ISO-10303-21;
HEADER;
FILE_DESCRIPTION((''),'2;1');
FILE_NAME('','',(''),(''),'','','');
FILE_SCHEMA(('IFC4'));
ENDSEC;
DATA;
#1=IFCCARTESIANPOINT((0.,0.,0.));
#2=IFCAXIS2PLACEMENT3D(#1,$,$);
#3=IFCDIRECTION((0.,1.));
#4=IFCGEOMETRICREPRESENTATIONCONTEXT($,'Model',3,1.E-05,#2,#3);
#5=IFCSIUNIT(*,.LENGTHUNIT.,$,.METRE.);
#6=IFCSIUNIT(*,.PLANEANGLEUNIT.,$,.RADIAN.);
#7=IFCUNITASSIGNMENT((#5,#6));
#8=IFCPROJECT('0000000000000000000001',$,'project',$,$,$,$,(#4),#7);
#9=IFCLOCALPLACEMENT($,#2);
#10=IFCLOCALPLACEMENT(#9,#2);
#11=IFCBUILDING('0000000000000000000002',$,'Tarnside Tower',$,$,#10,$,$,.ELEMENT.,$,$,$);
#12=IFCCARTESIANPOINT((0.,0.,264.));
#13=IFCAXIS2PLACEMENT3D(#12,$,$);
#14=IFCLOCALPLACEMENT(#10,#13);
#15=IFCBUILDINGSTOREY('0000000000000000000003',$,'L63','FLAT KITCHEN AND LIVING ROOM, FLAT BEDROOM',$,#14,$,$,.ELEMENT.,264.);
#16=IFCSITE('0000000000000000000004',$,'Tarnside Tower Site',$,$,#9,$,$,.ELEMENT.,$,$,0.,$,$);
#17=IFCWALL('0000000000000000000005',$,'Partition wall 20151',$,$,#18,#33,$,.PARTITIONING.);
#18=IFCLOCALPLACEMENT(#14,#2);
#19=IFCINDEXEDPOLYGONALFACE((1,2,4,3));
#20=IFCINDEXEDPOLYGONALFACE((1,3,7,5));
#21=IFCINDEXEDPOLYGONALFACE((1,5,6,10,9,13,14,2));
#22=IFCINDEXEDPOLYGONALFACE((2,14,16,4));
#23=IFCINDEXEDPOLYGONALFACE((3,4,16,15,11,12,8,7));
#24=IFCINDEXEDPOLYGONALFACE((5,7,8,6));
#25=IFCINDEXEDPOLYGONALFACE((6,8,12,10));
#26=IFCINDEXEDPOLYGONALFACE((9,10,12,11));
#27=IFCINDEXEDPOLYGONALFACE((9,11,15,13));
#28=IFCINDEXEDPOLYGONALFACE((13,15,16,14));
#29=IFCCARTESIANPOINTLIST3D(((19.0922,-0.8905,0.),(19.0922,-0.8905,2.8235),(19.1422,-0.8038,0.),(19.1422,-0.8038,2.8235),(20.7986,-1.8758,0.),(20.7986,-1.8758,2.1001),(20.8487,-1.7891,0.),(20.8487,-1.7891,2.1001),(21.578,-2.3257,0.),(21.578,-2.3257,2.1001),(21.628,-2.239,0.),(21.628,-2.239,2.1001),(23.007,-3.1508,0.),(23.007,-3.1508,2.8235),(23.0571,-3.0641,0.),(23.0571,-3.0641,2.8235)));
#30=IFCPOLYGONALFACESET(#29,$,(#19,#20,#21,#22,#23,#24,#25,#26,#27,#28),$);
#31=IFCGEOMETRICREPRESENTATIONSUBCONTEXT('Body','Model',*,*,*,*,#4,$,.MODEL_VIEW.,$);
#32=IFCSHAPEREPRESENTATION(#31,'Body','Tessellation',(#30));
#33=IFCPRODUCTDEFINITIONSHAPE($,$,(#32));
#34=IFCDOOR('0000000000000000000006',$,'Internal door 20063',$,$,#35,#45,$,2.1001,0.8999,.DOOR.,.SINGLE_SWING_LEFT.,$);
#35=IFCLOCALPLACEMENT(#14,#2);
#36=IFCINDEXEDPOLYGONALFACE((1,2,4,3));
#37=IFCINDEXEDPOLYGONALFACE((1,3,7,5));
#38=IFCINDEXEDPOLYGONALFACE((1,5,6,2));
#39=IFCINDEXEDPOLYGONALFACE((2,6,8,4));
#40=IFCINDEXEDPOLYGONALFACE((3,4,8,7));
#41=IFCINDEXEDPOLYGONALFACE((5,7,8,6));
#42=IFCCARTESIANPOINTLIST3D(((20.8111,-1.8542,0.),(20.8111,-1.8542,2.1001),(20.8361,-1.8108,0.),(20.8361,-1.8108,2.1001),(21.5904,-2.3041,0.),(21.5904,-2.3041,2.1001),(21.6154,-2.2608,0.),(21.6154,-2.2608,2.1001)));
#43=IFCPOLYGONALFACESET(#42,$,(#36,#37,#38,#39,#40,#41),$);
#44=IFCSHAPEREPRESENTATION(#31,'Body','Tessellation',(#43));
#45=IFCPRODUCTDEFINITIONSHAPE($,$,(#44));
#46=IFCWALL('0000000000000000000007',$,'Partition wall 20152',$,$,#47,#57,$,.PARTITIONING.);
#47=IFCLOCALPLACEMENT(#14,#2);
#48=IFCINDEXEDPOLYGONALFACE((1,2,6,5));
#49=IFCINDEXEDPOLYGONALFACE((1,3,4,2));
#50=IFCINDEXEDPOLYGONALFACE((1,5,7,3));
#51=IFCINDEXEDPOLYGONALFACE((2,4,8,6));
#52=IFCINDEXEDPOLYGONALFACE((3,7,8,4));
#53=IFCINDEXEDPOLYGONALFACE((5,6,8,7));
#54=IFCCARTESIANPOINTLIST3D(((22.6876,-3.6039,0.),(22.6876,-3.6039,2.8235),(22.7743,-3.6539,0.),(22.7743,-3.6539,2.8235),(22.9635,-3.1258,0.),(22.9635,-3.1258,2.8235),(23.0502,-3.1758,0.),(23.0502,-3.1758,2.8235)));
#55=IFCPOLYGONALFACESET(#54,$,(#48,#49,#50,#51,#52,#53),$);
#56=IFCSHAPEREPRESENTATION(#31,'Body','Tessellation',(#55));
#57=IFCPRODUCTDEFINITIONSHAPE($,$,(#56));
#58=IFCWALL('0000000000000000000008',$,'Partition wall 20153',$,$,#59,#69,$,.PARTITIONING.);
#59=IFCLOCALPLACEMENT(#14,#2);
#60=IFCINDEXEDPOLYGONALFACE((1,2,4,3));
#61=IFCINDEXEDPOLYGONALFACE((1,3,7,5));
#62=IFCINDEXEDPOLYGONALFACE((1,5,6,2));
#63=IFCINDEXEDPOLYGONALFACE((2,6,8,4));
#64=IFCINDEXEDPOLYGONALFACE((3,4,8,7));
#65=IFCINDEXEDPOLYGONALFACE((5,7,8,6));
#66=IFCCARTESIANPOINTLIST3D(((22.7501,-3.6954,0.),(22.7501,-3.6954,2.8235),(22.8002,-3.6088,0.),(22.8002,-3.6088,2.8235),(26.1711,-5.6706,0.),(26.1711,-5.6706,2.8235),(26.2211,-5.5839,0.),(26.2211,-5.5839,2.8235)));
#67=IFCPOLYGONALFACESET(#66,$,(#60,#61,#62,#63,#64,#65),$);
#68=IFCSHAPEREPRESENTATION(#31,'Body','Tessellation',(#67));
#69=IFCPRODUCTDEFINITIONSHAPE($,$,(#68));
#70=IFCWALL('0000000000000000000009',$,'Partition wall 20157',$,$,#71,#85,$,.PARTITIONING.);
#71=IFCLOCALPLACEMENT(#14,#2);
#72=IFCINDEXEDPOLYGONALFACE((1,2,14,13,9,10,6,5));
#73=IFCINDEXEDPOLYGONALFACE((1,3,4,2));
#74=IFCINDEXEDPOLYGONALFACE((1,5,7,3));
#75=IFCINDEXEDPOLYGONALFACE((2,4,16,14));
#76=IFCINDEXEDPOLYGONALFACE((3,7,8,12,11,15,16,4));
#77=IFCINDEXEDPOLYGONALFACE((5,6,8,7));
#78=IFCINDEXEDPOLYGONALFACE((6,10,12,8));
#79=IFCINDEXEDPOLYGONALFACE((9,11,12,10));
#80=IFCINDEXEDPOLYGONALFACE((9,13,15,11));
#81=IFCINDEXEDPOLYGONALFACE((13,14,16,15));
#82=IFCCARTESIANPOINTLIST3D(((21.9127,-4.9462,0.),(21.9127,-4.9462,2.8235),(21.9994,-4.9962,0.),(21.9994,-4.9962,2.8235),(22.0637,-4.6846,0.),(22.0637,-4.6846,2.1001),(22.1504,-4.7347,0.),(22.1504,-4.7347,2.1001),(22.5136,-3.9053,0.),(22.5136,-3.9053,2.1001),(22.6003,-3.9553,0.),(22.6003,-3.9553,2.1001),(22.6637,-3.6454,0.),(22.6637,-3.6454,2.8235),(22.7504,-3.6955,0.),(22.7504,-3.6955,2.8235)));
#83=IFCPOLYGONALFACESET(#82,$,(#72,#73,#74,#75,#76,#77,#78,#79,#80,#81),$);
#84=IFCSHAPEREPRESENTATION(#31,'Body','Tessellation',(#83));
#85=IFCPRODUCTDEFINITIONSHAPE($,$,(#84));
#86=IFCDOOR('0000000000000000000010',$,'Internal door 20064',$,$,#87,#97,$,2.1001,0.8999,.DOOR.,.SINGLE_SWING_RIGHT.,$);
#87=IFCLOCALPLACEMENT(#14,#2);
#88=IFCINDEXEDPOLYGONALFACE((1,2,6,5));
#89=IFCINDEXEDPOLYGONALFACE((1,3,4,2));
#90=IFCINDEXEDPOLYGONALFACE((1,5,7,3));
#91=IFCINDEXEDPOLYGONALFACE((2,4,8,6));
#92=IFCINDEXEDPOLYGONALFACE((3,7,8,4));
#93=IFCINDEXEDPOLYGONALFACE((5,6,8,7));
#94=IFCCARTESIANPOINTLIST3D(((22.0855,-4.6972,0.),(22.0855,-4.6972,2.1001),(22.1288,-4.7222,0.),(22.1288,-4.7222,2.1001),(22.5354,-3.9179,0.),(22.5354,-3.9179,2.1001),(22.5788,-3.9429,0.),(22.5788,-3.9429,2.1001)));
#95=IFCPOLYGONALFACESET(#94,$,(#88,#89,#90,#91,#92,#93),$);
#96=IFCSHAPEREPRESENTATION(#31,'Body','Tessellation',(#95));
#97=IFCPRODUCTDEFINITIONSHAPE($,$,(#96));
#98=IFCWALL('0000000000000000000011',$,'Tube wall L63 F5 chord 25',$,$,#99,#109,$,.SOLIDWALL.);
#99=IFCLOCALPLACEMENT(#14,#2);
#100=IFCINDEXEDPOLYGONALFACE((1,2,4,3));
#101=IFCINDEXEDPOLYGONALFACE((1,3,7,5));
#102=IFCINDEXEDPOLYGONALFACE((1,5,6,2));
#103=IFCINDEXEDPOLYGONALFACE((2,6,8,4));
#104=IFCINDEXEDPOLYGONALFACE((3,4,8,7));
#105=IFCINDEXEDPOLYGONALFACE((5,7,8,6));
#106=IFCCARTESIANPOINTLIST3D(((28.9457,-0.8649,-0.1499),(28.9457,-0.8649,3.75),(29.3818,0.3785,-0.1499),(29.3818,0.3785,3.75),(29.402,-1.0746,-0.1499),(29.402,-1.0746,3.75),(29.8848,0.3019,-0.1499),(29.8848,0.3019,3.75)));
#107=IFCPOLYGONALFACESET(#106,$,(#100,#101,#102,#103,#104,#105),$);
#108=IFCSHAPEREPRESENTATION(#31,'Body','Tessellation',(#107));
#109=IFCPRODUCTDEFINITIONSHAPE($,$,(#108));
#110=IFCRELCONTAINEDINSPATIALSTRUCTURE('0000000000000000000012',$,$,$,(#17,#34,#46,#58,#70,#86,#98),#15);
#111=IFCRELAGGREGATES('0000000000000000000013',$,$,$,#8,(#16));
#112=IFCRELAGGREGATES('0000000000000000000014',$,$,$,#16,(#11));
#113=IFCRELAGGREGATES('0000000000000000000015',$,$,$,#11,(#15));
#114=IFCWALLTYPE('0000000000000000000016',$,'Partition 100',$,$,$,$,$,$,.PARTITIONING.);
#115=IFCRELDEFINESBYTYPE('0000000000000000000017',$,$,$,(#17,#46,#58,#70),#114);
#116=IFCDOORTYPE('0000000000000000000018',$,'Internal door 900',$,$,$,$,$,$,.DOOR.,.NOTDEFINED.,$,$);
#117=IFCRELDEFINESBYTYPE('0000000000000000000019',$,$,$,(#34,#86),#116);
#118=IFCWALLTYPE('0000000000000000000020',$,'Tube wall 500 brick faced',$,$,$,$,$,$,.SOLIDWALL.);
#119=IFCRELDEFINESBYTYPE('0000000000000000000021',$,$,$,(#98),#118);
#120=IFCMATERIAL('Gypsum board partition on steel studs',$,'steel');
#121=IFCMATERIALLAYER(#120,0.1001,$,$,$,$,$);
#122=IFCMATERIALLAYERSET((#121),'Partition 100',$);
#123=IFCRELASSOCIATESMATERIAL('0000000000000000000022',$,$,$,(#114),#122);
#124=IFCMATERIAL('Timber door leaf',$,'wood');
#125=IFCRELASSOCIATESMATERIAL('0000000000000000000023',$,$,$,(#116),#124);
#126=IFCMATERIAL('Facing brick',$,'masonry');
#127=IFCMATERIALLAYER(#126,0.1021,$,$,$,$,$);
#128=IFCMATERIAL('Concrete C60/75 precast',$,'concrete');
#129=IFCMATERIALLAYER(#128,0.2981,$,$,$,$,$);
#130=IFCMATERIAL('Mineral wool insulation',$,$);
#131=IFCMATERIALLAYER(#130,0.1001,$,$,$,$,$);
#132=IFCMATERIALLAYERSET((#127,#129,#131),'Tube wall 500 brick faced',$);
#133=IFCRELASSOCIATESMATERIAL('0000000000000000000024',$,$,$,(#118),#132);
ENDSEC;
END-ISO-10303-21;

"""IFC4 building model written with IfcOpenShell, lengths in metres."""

from ifc_helpers import new_model, si_unit, direction, frame, frame_2d, origin, place, context, subcontext, project, spatial, polyline, rectangle, outline, extrude, material, layer, layer_set, type_object, element, fill, save


model = new_model("IFC4")

# Units and contexts
model_context = context("Model", 3, precision=1e-05, world=origin(), true_north=direction((0.0, 1.0)))
body_context = subcontext(model_context, "Body", "Model", "MODEL_VIEW")
ifc_project = project(units=[si_unit("LENGTHUNIT", "METRE"), si_unit("PLANEANGLEUNIT", "RADIAN")], contexts=[model_context])

# Site, building, storey
site_placement = place(None, origin())
site = spatial("IfcSite", under=ifc_project, at=site_placement, Name="Tarnside Tower Site", CompositionType="ELEMENT", RefElevation=0.0)
building_placement = place(site_placement, origin())
building = spatial("IfcBuilding", under=site, at=building_placement, Name="Tarnside Tower", CompositionType="ELEMENT")
storey_placement = place(building_placement, frame((0.0, 0.0, 264.0)))
storey = spatial("IfcBuildingStorey", under=building, at=storey_placement, Name="L63", Description="FLAT KITCHEN AND LIVING ROOM, FLAT BEDROOM", CompositionType="ELEMENT", Elevation=264.0)

# Shared definitions
ifc_material_1 = material(Name="Gypsum board partition on steel studs", Category="steel")

# Shared definitions
ifc_material_2 = material(Name="Timber door leaf", Category="wood")

# Wall, opening, door
ifc_layer_1 = layer(ifc_material_1, 0.1001)
ifc_layer_set_1 = layer_set([ifc_layer_1], Name="Partition 100")
wall_type_1 = type_object("IfcWallType", Name="Partition 100", PredefinedType="PARTITIONING", material=ifc_layer_set_1)
wall_1_placement = place(storey_placement, frame((19.1172, -0.8472, 0.0), z_axis=(0.0, 0.0, 1.0), x_axis=(0.866021, -0.500008, 0.0)))
wall_1 = element("IfcWall", 1, at=wall_1_placement, inside=storey, type_object=wall_type_1, Name="Partition wall 20151", PredefinedType="PARTITIONING", context=body_context, shape_type="SweptSolid", body=[
    extrude(rectangle(XDim=4.5205, YDim=0.1001, at=frame_2d((2.2603, 0.0))), origin(), (0.0, 0.0, 1.0), 2.8235),
])
opening_1_placement = place(wall_1_placement, frame((1.9705, 0.0, 0.0)))
opening_1 = element("IfcOpeningElement", 2, at=opening_1_placement, cuts=wall_1, PredefinedType="OPENING", context=body_context, shape_type="SweptSolid", body=[
    extrude(rectangle(XDim=0.8999, YDim=2.1001, at=frame_2d((0.45, 1.05))), frame((0.0, 0.0601, 0.0), z_axis=(0.0, -1.0, 0.0), x_axis=(1.0, 0.0, 0.0)), (0.0, 0.0, 1.0), 0.1201),
])
door_type_1 = type_object("IfcDoorType", Name="Internal door 900", OperationType="NOTDEFINED", PredefinedType="DOOR", material=ifc_material_2)
door_1_placement = place(opening_1_placement, origin())
door_1 = element("IfcDoor", 3, at=door_1_placement, inside=storey, type_object=door_type_1, Name="Internal door 20063", OperationType="SINGLE_SWING_LEFT", OverallHeight=2.1001, OverallWidth=0.8999, PredefinedType="DOOR", context=body_context, shape_type="SweptSolid", body=[
    extrude(rectangle(XDim=0.8999, YDim=2.1001, at=frame_2d((0.45, 1.05))), frame((0.0, 0.0249, 0.0), z_axis=(0.0, -1.0, 0.0), x_axis=(1.0, 0.0, 0.0)), (0.0, 0.0, 1.0), 0.05),
])
fill(opening_1, door_1)

# Walls
wall_2_placement = place(storey_placement, frame((23.0068, -3.1509, 0.0), z_axis=(0.0, 0.0, 1.0), x_axis=(-0.49985, -0.866112, 0.0)))
element("IfcWall", 4, at=wall_2_placement, inside=storey, type_object=wall_type_1, Name="Partition wall 20152", PredefinedType="PARTITIONING", context=body_context, shape_type="SweptSolid", body=[
    extrude(rectangle(XDim=0.552, YDim=0.1001, at=frame_2d((0.2759, 0.0))), origin(), (0.0, 0.0, 1.0), 2.8235),
])
wall_3_placement = place(storey_placement, frame((22.7751, -3.6521, 0.0), z_axis=(0.0, 0.0, 1.0), x_axis=(0.866021, -0.500008, 0.0)))
element("IfcWall", 5, at=wall_3_placement, inside=storey, type_object=wall_type_1, Name="Partition wall 20153", PredefinedType="PARTITIONING", context=body_context, shape_type="SweptSolid", body=[
    extrude(rectangle(XDim=3.9502, YDim=0.1001, at=frame_2d((1.9751, 0.0))), origin(), (0.0, 0.0, 1.0), 2.8235),
])

# Wall, opening, door
wall_4_placement = place(storey_placement, frame((21.9561, -4.9712, 0.0), z_axis=(0.0, 0.0, 1.0), x_axis=(0.499985, 0.866034, 0.0)))
wall_4 = element("IfcWall", 6, at=wall_4_placement, inside=storey, type_object=wall_type_1, Name="Partition wall 20157", PredefinedType="PARTITIONING", context=body_context, shape_type="SweptSolid", body=[
    extrude(rectangle(XDim=1.502, YDim=0.1001, at=frame_2d((0.751, 0.0))), origin(), (0.0, 0.0, 1.0), 2.8235),
])
opening_2_placement = place(wall_4_placement, frame((0.302, 0.0, 0.0)))
opening_2 = element("IfcOpeningElement", 7, at=opening_2_placement, cuts=wall_4, PredefinedType="OPENING", context=body_context, shape_type="SweptSolid", body=[
    extrude(rectangle(XDim=0.8999, YDim=2.1001, at=frame_2d((0.45, 1.05))), frame((0.0, 0.0601, 0.0), z_axis=(0.0, -1.0, 0.0), x_axis=(1.0, 0.0, 0.0)), (0.0, 0.0, 1.0), 0.1201),
])
door_2_placement = place(opening_2_placement, origin())
door_2 = element("IfcDoor", 8, at=door_2_placement, inside=storey, type_object=door_type_1, Name="Internal door 20064", OperationType="SINGLE_SWING_RIGHT", OverallHeight=2.1001, OverallWidth=0.8999, PredefinedType="DOOR", context=body_context, shape_type="SweptSolid", body=[
    extrude(rectangle(XDim=0.8999, YDim=2.1001, at=frame_2d((0.45, 1.05))), frame((0.0, 0.0249, 0.0), z_axis=(0.0, -1.0, 0.0), x_axis=(1.0, 0.0, 0.0)), (0.0, 0.0, 1.0), 0.05),
])
fill(opening_2, door_2)

# Wall
ifc_material_3 = material(Name="Facing brick", Category="masonry")
ifc_layer_2 = layer(ifc_material_3, 0.1021)
ifc_material_4 = material(Name="Concrete C60/75 precast", Category="concrete")
ifc_layer_3 = layer(ifc_material_4, 0.2981)
ifc_material_5 = material(Name="Mineral wool insulation")
ifc_layer_4 = layer(ifc_material_5, 0.1001)
ifc_layer_set_2 = layer_set([ifc_layer_2, ifc_layer_3, ifc_layer_4], Name="Tube wall 500 brick faced")
wall_type_2 = type_object("IfcWallType", Name="Tube wall 500 brick faced", PredefinedType="SOLIDWALL", material=ifc_layer_set_2)
wall_5_placement = place(storey_placement, frame((29.1738, -0.9697, -0.1499), z_axis=(0.0, 0.0, 1.0), x_axis=(0.330961, 0.943644, 0.0)))
element("IfcWall", 9, at=wall_5_placement, inside=storey, type_object=wall_type_2, Name="Tube wall L63 F5 chord 25", PredefinedType="SOLIDWALL", context=body_context, shape_type="SweptSolid", body=[
    extrude(outline(polyline([(-0.0234, -0.25), (1.4353, -0.25), (1.3411, 0.25), (0.0234, 0.25), (-0.0234, -0.25)])), origin(), (0.0, 0.0, 1.0), 3.8999),
])

save(model, "model.ifc")
